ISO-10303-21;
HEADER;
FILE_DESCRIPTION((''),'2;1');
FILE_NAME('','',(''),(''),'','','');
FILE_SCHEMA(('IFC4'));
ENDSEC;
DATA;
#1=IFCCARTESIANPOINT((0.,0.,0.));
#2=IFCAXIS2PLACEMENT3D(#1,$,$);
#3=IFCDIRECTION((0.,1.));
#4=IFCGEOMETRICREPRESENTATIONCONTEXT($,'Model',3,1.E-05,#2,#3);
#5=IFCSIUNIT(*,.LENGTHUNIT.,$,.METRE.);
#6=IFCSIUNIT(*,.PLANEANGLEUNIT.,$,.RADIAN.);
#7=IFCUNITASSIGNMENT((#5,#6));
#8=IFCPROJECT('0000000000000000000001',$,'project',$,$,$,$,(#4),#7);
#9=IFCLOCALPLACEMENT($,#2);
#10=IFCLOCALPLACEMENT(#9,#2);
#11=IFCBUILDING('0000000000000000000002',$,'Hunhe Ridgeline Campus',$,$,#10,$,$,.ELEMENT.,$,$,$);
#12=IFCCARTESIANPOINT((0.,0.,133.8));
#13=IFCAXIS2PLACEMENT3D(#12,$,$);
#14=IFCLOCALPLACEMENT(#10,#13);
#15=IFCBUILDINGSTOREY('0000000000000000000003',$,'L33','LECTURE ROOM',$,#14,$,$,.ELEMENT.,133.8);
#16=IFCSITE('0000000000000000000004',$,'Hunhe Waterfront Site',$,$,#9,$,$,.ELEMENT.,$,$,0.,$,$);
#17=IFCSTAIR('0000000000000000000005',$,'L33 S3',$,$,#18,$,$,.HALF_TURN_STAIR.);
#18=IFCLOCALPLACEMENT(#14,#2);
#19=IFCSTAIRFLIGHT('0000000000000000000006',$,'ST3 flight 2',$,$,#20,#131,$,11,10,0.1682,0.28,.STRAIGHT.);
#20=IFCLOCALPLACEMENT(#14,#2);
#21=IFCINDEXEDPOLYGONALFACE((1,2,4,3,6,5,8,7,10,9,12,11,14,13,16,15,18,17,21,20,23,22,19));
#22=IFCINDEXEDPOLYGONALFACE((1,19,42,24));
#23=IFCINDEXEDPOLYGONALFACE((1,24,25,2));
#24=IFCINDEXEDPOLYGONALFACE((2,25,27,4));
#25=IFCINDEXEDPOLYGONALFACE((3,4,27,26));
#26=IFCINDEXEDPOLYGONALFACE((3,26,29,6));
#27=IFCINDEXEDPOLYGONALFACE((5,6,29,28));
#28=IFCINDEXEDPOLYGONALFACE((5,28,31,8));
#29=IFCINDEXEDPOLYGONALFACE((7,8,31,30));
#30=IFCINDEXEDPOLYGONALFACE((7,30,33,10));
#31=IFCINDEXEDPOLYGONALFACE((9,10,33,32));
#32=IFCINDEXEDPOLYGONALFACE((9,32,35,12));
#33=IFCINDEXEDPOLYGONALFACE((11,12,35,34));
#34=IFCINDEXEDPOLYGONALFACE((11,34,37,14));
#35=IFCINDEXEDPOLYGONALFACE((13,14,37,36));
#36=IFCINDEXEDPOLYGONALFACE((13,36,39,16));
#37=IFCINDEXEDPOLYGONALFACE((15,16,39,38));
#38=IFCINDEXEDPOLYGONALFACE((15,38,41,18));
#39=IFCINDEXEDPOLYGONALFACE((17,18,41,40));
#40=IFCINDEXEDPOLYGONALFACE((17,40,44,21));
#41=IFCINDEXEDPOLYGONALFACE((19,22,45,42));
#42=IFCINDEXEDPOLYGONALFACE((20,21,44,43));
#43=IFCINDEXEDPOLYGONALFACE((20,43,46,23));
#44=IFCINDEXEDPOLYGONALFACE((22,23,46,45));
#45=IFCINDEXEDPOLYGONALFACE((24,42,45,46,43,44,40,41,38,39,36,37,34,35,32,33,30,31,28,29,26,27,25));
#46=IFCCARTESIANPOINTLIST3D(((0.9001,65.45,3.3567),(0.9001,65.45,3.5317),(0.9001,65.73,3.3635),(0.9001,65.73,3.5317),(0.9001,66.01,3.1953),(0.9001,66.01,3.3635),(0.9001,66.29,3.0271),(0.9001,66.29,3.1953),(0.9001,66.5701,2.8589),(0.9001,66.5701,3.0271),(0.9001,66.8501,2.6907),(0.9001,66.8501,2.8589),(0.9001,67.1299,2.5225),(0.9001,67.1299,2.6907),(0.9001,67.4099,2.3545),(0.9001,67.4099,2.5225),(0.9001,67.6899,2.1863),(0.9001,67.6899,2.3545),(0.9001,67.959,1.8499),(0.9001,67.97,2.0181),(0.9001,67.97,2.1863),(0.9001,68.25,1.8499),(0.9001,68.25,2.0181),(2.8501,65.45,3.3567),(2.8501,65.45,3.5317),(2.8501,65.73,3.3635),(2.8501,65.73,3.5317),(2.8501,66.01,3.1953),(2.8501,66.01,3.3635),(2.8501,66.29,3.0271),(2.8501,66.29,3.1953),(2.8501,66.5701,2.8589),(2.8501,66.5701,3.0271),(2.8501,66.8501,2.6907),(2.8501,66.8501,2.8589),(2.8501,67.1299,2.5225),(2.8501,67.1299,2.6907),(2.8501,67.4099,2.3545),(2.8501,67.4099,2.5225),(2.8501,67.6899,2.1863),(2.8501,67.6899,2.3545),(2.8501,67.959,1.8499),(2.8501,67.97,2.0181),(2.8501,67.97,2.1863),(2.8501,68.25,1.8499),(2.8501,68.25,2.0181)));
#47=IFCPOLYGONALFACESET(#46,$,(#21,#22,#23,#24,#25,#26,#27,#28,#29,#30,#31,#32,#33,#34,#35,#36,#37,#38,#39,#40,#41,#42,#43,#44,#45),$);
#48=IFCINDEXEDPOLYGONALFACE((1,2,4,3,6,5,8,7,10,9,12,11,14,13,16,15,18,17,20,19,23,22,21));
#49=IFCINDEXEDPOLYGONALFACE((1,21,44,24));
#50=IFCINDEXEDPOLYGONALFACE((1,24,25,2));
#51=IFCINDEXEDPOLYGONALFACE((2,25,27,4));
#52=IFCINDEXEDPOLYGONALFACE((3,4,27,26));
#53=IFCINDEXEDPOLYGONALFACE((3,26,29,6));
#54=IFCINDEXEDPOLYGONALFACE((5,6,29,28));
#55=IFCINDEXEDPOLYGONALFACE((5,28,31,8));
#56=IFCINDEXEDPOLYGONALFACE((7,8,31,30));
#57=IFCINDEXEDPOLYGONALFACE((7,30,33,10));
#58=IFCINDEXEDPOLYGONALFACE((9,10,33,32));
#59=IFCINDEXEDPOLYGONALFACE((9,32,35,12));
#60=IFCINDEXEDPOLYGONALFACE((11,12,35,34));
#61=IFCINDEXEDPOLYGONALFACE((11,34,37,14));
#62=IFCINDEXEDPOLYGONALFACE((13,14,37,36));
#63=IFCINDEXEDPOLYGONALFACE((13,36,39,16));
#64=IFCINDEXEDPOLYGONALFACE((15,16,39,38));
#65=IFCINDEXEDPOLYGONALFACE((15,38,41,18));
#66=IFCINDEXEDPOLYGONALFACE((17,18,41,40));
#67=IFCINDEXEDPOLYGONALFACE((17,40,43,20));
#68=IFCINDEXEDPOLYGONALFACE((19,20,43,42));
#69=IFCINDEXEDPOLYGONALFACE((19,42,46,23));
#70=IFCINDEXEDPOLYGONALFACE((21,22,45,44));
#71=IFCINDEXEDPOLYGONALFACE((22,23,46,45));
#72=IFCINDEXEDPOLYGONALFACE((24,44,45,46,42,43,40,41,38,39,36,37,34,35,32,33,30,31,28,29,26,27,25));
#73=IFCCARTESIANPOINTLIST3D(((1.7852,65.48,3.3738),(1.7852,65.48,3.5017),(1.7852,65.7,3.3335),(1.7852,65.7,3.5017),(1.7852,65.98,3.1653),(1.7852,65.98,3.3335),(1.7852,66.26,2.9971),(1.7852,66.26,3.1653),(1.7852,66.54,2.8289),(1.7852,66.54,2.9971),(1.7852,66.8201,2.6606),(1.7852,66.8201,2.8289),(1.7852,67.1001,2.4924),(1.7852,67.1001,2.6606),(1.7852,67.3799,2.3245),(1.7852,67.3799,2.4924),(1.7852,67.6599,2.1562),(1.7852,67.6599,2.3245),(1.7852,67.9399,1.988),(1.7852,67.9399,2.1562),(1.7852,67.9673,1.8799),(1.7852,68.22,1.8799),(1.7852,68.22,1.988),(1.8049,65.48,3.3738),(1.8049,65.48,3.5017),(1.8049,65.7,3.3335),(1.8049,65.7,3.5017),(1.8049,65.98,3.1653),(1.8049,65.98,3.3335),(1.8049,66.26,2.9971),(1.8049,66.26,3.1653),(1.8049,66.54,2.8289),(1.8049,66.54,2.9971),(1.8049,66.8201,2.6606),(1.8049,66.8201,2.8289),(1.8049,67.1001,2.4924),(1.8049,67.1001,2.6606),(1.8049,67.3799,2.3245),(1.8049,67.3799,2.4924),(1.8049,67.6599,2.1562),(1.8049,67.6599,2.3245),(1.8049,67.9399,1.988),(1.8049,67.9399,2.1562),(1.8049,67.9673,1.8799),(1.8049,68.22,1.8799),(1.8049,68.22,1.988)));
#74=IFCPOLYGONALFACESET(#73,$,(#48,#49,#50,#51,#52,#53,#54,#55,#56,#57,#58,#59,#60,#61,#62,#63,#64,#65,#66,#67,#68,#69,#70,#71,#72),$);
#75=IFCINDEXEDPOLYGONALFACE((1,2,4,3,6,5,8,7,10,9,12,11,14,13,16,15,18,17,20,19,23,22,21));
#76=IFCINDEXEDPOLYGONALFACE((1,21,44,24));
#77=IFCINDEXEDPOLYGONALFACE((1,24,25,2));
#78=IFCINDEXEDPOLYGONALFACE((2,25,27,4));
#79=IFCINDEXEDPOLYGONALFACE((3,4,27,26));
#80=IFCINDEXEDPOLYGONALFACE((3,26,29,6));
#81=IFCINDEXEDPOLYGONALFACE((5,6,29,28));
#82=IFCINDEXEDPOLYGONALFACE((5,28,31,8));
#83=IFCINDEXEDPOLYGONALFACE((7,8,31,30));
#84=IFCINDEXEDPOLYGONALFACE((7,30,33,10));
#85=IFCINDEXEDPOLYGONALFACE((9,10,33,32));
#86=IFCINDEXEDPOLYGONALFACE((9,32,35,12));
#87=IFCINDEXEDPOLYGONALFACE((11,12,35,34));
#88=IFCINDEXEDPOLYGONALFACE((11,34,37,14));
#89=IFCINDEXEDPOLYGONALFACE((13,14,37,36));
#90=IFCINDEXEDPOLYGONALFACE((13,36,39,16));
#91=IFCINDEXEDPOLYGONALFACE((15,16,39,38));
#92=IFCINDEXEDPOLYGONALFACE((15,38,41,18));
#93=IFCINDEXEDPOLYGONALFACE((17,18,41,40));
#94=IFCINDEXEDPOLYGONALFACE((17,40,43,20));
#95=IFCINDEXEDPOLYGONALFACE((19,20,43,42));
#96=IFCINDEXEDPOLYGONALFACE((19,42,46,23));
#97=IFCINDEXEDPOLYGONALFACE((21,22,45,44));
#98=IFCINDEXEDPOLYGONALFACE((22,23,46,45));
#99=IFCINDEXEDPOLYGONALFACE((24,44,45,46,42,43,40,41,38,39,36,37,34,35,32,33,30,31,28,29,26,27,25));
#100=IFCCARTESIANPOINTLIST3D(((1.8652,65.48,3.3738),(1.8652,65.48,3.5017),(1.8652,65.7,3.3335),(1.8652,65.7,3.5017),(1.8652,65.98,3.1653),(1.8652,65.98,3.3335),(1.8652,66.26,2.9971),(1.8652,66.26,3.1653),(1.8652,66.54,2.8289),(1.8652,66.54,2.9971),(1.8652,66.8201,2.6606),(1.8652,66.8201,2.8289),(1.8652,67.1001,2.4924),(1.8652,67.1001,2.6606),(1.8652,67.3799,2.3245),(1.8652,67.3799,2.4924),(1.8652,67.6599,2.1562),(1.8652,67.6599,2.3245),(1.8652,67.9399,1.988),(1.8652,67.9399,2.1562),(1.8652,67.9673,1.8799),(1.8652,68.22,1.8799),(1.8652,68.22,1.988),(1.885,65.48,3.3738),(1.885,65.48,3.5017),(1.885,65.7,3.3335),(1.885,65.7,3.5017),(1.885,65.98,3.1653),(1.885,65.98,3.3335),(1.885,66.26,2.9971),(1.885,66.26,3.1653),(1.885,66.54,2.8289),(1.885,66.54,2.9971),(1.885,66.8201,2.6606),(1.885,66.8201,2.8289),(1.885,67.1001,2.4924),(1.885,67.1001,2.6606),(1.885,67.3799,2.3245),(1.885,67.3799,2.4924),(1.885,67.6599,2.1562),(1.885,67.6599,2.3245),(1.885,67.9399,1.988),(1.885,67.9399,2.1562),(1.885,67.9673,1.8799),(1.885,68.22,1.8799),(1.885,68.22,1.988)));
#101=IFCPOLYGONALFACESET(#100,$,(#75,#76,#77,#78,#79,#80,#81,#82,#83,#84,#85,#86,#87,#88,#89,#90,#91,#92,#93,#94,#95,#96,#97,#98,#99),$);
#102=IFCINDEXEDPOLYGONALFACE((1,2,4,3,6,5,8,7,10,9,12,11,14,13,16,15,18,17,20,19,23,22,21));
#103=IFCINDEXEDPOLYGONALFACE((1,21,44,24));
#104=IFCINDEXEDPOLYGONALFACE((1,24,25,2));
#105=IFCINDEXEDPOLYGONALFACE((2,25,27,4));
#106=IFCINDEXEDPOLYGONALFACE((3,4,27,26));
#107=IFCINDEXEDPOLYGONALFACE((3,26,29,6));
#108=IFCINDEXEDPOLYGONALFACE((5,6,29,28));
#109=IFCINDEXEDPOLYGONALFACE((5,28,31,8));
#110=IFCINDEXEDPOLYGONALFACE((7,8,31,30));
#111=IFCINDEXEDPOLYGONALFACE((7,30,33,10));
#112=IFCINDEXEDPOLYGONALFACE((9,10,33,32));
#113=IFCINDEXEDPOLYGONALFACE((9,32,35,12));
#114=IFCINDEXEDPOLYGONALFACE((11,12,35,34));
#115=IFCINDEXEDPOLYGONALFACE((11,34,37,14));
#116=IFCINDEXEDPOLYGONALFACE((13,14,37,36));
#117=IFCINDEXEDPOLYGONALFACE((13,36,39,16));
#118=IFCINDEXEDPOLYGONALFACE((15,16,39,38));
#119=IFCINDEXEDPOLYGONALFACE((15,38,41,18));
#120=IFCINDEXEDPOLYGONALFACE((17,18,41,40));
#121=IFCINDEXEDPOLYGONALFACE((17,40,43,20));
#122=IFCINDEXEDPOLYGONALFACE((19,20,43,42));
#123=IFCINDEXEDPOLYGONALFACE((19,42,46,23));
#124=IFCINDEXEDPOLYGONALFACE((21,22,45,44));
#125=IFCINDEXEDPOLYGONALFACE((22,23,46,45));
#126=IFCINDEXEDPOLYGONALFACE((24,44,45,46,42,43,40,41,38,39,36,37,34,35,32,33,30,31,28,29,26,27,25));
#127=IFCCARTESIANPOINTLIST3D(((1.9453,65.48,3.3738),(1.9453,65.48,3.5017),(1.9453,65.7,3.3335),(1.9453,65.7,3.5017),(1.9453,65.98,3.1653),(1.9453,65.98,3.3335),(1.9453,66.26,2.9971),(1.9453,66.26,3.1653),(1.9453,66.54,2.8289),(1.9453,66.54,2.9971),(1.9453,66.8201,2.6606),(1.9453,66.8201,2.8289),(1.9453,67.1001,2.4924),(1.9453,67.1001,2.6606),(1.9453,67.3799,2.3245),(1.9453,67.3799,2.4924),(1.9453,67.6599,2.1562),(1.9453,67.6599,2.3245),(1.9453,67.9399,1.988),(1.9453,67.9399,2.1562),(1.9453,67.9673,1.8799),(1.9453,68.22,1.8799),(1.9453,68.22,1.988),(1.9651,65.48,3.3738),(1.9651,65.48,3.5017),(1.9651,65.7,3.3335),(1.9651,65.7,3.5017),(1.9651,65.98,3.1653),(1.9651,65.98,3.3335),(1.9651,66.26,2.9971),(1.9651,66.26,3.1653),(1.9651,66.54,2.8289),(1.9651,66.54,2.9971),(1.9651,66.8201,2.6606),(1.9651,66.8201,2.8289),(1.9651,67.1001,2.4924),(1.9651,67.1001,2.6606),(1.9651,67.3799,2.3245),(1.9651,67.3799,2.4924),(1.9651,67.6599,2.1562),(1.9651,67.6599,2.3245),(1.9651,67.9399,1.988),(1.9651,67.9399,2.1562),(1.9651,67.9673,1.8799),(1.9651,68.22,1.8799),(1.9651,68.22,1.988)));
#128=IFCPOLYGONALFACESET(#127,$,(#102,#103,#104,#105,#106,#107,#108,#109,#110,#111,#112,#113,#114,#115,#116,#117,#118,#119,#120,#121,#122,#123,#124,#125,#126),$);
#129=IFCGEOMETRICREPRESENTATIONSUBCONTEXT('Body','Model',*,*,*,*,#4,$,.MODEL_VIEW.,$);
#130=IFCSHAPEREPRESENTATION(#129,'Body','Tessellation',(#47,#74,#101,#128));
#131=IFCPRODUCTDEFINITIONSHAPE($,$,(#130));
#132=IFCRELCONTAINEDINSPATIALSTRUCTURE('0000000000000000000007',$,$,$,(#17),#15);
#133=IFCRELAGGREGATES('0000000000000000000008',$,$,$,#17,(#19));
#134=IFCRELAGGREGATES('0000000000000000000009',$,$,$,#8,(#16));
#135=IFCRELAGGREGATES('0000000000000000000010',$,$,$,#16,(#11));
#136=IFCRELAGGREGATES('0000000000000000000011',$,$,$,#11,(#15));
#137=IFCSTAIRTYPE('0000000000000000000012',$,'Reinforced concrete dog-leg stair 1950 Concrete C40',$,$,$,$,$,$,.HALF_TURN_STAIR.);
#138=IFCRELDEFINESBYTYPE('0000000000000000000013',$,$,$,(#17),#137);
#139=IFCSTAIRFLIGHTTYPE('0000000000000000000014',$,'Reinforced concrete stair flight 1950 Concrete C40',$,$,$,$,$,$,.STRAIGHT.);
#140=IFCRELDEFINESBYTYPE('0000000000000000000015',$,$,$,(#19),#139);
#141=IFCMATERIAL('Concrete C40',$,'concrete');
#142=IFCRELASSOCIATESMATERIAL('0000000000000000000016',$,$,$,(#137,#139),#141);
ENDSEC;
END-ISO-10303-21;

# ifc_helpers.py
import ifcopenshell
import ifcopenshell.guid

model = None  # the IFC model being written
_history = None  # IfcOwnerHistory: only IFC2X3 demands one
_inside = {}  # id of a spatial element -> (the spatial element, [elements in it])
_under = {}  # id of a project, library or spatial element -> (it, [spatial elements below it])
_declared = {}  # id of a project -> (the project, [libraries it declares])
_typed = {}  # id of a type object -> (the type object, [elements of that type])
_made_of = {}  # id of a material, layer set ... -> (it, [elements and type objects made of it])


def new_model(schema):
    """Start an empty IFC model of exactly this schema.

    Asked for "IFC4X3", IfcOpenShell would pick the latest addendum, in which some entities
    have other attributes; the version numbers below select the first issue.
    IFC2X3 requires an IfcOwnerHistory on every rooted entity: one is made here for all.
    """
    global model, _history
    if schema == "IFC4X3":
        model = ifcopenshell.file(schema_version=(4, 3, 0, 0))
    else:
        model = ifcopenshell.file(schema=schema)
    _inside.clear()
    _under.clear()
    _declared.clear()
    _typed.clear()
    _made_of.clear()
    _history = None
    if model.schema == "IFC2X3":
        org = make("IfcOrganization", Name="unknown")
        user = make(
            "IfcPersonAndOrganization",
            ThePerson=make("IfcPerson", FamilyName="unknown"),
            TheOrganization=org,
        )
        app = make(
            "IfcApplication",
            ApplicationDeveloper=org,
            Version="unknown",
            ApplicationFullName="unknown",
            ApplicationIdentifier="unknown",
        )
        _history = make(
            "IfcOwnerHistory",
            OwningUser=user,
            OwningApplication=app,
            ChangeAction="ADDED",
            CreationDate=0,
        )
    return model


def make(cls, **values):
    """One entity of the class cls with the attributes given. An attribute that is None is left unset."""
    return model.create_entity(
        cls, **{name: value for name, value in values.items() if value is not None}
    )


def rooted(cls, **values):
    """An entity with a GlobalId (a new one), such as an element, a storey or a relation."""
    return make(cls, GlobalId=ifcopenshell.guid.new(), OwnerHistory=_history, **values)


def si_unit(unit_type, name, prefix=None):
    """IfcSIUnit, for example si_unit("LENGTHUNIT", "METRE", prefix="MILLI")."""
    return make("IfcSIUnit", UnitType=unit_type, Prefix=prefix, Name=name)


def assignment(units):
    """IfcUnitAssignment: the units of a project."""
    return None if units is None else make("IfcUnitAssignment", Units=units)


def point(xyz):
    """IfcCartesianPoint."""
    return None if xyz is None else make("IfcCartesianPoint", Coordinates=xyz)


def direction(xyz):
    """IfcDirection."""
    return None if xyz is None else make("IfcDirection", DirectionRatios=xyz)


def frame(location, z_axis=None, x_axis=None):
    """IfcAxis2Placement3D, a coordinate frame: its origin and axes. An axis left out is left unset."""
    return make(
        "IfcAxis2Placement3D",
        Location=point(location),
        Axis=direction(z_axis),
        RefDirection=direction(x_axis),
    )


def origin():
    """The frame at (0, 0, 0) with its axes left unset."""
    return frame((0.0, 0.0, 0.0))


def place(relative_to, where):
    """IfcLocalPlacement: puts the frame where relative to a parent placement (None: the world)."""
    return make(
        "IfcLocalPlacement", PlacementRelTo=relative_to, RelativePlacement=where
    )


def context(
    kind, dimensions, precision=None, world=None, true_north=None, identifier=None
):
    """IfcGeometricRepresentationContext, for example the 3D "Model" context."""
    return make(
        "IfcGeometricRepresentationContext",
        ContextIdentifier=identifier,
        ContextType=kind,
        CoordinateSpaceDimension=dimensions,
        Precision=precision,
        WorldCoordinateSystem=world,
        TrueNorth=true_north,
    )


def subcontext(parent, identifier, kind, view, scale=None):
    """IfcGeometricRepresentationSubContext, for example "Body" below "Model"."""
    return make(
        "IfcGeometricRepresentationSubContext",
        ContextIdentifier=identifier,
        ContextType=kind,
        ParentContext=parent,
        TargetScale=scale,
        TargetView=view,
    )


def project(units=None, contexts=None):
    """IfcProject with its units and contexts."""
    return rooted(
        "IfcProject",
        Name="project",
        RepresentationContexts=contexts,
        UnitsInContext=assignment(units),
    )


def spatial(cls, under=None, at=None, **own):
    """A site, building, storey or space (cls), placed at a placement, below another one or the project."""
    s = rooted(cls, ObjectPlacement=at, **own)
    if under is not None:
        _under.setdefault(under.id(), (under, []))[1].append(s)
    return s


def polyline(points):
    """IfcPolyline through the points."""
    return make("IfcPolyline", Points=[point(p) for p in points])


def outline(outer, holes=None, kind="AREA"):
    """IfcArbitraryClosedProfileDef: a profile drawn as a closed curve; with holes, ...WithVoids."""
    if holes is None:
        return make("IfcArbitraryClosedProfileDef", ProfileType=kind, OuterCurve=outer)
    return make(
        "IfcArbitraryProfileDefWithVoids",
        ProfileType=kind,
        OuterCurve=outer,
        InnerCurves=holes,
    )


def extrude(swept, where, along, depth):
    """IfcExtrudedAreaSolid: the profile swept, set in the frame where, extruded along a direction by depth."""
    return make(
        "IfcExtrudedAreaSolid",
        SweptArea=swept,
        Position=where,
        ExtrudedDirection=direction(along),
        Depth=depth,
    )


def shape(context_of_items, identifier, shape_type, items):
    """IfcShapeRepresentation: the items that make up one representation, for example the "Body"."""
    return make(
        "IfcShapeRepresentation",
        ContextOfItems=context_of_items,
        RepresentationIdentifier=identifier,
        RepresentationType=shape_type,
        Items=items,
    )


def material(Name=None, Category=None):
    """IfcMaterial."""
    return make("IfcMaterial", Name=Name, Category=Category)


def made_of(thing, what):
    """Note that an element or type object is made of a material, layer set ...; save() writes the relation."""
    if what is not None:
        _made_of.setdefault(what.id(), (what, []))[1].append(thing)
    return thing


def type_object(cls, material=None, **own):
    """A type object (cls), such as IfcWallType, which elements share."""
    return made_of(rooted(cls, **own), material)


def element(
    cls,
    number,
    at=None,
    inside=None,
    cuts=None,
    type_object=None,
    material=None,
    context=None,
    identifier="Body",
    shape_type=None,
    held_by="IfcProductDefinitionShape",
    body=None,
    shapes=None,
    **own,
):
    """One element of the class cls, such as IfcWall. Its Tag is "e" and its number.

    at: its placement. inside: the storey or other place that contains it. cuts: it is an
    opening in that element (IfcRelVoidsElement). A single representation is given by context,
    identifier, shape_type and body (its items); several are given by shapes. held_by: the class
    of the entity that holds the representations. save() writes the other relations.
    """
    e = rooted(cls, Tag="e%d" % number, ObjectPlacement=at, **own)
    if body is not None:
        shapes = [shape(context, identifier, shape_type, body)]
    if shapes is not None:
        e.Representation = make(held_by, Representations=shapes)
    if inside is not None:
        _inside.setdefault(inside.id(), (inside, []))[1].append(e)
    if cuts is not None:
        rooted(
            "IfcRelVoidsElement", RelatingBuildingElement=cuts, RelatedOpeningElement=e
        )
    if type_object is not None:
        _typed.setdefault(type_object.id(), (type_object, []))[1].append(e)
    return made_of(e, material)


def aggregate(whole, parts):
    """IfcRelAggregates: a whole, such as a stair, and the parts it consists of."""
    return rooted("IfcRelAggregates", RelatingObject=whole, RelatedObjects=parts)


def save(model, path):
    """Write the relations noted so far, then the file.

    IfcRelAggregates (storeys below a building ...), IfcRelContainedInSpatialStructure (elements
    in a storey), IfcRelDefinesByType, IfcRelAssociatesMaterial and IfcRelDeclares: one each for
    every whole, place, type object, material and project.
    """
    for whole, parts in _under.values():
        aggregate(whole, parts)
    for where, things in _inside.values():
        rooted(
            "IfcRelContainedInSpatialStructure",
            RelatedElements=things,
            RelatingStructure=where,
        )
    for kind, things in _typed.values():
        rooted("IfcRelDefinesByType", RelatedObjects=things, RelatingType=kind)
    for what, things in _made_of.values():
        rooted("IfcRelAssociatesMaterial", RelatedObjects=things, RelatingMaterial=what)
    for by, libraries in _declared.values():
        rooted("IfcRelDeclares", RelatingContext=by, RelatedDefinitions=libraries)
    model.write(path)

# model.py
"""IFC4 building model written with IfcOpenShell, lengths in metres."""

from ifc_helpers import new_model, si_unit, direction, frame, origin, place, context, subcontext, project, spatial, polyline, outline, extrude, material, type_object, element, aggregate, save


model = new_model("IFC4")

# Units and contexts
model_context = context("Model", 3, precision=1e-05, world=origin(), true_north=direction((0.0, 1.0)))
body_context = subcontext(model_context, "Body", "Model", "MODEL_VIEW")
ifc_project = project(units=[si_unit("LENGTHUNIT", "METRE"), si_unit("PLANEANGLEUNIT", "RADIAN")], contexts=[model_context])

# Site, building, storey
site_placement = place(None, origin())
site = spatial("IfcSite", under=ifc_project, at=site_placement, Name="Hunhe Waterfront Site", CompositionType="ELEMENT", RefElevation=0.0)
building_placement = place(site_placement, origin())
building = spatial("IfcBuilding", under=site, at=building_placement, Name="Hunhe Ridgeline Campus", CompositionType="ELEMENT")
storey_placement = place(building_placement, frame((0.0, 0.0, 133.8)))
storey = spatial("IfcBuildingStorey", under=building, at=storey_placement, Name="L33", Description="LECTURE ROOM", CompositionType="ELEMENT", Elevation=133.8)

# Stair, stair flight
ifc_material_1 = material(Name="Concrete C40", Category="concrete")
stair_type = type_object("IfcStairType", Name="Reinforced concrete dog-leg stair 1950 Concrete C40", PredefinedType="HALF_TURN_STAIR", material=ifc_material_1)
stair_1_placement = place(storey_placement, origin())
stair_1 = element("IfcStair", 1, at=stair_1_placement, inside=storey, type_object=stair_type, Name="L33 S3", PredefinedType="HALF_TURN_STAIR")
stair_flight_type = type_object("IfcStairFlightType", Name="Reinforced concrete stair flight 1950 Concrete C40", PredefinedType="STRAIGHT", material=ifc_material_1)
stair_flight_1_placement = place(storey_placement, frame((1.875, 68.25, 1.8499), z_axis=(0.0, 0.0, 1.0), x_axis=(0.0, -1.0, 0.0)))
stair_flight_1 = element("IfcStairFlight", 2, at=stair_flight_1_placement, type_object=stair_flight_type, Name="ST3 flight 2", NumberOfRisers=11, NumberOfTreads=10, PredefinedType="STRAIGHT", RiserHeight=0.1682, TreadLength=0.28, context=body_context, shape_type="SweptSolid", body=[
    extrude(outline(polyline([(0.0, 0.0), (0.0, 0.1682), (0.28, 0.1682), (0.28, 0.3364), (0.5601, 0.3364), (0.5601, 0.5046), (0.8401, 0.5046), (0.8401, 0.6726), (1.1201, 0.6726), (1.1201, 0.8408), (1.3999, 0.8408), (1.3999, 1.009), (1.6799, 1.009), (1.6799, 1.1772), (1.96, 1.1772), (1.96, 1.3455), (2.24, 1.3455), (2.24, 1.5137), (2.52, 1.5137), (2.52, 1.6819), (2.8, 1.6819), (2.8, 1.8501), (2.8, 1.5068), (0.291, 0.0), (0.0, 0.0)])), frame((0.0, 0.9751, 0.0), z_axis=(0.0, -1.0, 0.0), x_axis=(1.0, 0.0, 0.0)), (0.0, 0.0, 1.0), 1.95),
    extrude(outline(polyline([(0.03, 0.03), (0.03, 0.1382), (0.3101, 0.1382), (0.3101, 0.3064), (0.5901, 0.3064), (0.5901, 0.4746), (0.8701, 0.4746), (0.8701, 0.6426), (1.1499, 0.6426), (1.1499, 0.8108), (1.4299, 0.8108), (1.4299, 0.979), (1.71, 0.979), (1.71, 1.1472), (1.99, 1.1472), (1.99, 1.3154), (2.27, 1.3154), (2.27, 1.4836), (2.55, 1.4836), (2.55, 1.6519), (2.77, 1.6519), (2.77, 1.5239), (0.2827, 0.03), (0.03, 0.03)])), frame((0.0, -0.0701, 0.0), z_axis=(0.0, -1.0, 0.0), x_axis=(1.0, 0.0, 0.0)), (0.0, 0.0, 1.0), 0.0198),
    extrude(outline(polyline([(0.03, 0.03), (0.03, 0.1382), (0.3101, 0.1382), (0.3101, 0.3064), (0.5901, 0.3064), (0.5901, 0.4746), (0.8701, 0.4746), (0.8701, 0.6426), (1.1499, 0.6426), (1.1499, 0.8108), (1.4299, 0.8108), (1.4299, 0.979), (1.71, 0.979), (1.71, 1.1472), (1.99, 1.1472), (1.99, 1.3154), (2.27, 1.3154), (2.27, 1.4836), (2.55, 1.4836), (2.55, 1.6519), (2.77, 1.6519), (2.77, 1.5239), (0.2827, 0.03), (0.03, 0.03)])), frame((0.0, 0.01, 0.0), z_axis=(0.0, -1.0, 0.0), x_axis=(1.0, 0.0, 0.0)), (0.0, 0.0, 1.0), 0.0198),
    extrude(outline(polyline([(0.03, 0.03), (0.03, 0.1382), (0.3101, 0.1382), (0.3101, 0.3064), (0.5901, 0.3064), (0.5901, 0.4746), (0.8701, 0.4746), (0.8701, 0.6426), (1.1499, 0.6426), (1.1499, 0.8108), (1.4299, 0.8108), (1.4299, 0.979), (1.71, 0.979), (1.71, 1.1472), (1.99, 1.1472), (1.99, 1.3154), (2.27, 1.3154), (2.27, 1.4836), (2.55, 1.4836), (2.55, 1.6519), (2.77, 1.6519), (2.77, 1.5239), (0.2827, 0.03), (0.03, 0.03)])), frame((0.0, 0.0901, 0.0), z_axis=(0.0, -1.0, 0.0), x_axis=(1.0, 0.0, 0.0)), (0.0, 0.0, 1.0), 0.0198),
])
aggregate(stair_1, [stair_flight_1])

save(model, "model.ifc")
